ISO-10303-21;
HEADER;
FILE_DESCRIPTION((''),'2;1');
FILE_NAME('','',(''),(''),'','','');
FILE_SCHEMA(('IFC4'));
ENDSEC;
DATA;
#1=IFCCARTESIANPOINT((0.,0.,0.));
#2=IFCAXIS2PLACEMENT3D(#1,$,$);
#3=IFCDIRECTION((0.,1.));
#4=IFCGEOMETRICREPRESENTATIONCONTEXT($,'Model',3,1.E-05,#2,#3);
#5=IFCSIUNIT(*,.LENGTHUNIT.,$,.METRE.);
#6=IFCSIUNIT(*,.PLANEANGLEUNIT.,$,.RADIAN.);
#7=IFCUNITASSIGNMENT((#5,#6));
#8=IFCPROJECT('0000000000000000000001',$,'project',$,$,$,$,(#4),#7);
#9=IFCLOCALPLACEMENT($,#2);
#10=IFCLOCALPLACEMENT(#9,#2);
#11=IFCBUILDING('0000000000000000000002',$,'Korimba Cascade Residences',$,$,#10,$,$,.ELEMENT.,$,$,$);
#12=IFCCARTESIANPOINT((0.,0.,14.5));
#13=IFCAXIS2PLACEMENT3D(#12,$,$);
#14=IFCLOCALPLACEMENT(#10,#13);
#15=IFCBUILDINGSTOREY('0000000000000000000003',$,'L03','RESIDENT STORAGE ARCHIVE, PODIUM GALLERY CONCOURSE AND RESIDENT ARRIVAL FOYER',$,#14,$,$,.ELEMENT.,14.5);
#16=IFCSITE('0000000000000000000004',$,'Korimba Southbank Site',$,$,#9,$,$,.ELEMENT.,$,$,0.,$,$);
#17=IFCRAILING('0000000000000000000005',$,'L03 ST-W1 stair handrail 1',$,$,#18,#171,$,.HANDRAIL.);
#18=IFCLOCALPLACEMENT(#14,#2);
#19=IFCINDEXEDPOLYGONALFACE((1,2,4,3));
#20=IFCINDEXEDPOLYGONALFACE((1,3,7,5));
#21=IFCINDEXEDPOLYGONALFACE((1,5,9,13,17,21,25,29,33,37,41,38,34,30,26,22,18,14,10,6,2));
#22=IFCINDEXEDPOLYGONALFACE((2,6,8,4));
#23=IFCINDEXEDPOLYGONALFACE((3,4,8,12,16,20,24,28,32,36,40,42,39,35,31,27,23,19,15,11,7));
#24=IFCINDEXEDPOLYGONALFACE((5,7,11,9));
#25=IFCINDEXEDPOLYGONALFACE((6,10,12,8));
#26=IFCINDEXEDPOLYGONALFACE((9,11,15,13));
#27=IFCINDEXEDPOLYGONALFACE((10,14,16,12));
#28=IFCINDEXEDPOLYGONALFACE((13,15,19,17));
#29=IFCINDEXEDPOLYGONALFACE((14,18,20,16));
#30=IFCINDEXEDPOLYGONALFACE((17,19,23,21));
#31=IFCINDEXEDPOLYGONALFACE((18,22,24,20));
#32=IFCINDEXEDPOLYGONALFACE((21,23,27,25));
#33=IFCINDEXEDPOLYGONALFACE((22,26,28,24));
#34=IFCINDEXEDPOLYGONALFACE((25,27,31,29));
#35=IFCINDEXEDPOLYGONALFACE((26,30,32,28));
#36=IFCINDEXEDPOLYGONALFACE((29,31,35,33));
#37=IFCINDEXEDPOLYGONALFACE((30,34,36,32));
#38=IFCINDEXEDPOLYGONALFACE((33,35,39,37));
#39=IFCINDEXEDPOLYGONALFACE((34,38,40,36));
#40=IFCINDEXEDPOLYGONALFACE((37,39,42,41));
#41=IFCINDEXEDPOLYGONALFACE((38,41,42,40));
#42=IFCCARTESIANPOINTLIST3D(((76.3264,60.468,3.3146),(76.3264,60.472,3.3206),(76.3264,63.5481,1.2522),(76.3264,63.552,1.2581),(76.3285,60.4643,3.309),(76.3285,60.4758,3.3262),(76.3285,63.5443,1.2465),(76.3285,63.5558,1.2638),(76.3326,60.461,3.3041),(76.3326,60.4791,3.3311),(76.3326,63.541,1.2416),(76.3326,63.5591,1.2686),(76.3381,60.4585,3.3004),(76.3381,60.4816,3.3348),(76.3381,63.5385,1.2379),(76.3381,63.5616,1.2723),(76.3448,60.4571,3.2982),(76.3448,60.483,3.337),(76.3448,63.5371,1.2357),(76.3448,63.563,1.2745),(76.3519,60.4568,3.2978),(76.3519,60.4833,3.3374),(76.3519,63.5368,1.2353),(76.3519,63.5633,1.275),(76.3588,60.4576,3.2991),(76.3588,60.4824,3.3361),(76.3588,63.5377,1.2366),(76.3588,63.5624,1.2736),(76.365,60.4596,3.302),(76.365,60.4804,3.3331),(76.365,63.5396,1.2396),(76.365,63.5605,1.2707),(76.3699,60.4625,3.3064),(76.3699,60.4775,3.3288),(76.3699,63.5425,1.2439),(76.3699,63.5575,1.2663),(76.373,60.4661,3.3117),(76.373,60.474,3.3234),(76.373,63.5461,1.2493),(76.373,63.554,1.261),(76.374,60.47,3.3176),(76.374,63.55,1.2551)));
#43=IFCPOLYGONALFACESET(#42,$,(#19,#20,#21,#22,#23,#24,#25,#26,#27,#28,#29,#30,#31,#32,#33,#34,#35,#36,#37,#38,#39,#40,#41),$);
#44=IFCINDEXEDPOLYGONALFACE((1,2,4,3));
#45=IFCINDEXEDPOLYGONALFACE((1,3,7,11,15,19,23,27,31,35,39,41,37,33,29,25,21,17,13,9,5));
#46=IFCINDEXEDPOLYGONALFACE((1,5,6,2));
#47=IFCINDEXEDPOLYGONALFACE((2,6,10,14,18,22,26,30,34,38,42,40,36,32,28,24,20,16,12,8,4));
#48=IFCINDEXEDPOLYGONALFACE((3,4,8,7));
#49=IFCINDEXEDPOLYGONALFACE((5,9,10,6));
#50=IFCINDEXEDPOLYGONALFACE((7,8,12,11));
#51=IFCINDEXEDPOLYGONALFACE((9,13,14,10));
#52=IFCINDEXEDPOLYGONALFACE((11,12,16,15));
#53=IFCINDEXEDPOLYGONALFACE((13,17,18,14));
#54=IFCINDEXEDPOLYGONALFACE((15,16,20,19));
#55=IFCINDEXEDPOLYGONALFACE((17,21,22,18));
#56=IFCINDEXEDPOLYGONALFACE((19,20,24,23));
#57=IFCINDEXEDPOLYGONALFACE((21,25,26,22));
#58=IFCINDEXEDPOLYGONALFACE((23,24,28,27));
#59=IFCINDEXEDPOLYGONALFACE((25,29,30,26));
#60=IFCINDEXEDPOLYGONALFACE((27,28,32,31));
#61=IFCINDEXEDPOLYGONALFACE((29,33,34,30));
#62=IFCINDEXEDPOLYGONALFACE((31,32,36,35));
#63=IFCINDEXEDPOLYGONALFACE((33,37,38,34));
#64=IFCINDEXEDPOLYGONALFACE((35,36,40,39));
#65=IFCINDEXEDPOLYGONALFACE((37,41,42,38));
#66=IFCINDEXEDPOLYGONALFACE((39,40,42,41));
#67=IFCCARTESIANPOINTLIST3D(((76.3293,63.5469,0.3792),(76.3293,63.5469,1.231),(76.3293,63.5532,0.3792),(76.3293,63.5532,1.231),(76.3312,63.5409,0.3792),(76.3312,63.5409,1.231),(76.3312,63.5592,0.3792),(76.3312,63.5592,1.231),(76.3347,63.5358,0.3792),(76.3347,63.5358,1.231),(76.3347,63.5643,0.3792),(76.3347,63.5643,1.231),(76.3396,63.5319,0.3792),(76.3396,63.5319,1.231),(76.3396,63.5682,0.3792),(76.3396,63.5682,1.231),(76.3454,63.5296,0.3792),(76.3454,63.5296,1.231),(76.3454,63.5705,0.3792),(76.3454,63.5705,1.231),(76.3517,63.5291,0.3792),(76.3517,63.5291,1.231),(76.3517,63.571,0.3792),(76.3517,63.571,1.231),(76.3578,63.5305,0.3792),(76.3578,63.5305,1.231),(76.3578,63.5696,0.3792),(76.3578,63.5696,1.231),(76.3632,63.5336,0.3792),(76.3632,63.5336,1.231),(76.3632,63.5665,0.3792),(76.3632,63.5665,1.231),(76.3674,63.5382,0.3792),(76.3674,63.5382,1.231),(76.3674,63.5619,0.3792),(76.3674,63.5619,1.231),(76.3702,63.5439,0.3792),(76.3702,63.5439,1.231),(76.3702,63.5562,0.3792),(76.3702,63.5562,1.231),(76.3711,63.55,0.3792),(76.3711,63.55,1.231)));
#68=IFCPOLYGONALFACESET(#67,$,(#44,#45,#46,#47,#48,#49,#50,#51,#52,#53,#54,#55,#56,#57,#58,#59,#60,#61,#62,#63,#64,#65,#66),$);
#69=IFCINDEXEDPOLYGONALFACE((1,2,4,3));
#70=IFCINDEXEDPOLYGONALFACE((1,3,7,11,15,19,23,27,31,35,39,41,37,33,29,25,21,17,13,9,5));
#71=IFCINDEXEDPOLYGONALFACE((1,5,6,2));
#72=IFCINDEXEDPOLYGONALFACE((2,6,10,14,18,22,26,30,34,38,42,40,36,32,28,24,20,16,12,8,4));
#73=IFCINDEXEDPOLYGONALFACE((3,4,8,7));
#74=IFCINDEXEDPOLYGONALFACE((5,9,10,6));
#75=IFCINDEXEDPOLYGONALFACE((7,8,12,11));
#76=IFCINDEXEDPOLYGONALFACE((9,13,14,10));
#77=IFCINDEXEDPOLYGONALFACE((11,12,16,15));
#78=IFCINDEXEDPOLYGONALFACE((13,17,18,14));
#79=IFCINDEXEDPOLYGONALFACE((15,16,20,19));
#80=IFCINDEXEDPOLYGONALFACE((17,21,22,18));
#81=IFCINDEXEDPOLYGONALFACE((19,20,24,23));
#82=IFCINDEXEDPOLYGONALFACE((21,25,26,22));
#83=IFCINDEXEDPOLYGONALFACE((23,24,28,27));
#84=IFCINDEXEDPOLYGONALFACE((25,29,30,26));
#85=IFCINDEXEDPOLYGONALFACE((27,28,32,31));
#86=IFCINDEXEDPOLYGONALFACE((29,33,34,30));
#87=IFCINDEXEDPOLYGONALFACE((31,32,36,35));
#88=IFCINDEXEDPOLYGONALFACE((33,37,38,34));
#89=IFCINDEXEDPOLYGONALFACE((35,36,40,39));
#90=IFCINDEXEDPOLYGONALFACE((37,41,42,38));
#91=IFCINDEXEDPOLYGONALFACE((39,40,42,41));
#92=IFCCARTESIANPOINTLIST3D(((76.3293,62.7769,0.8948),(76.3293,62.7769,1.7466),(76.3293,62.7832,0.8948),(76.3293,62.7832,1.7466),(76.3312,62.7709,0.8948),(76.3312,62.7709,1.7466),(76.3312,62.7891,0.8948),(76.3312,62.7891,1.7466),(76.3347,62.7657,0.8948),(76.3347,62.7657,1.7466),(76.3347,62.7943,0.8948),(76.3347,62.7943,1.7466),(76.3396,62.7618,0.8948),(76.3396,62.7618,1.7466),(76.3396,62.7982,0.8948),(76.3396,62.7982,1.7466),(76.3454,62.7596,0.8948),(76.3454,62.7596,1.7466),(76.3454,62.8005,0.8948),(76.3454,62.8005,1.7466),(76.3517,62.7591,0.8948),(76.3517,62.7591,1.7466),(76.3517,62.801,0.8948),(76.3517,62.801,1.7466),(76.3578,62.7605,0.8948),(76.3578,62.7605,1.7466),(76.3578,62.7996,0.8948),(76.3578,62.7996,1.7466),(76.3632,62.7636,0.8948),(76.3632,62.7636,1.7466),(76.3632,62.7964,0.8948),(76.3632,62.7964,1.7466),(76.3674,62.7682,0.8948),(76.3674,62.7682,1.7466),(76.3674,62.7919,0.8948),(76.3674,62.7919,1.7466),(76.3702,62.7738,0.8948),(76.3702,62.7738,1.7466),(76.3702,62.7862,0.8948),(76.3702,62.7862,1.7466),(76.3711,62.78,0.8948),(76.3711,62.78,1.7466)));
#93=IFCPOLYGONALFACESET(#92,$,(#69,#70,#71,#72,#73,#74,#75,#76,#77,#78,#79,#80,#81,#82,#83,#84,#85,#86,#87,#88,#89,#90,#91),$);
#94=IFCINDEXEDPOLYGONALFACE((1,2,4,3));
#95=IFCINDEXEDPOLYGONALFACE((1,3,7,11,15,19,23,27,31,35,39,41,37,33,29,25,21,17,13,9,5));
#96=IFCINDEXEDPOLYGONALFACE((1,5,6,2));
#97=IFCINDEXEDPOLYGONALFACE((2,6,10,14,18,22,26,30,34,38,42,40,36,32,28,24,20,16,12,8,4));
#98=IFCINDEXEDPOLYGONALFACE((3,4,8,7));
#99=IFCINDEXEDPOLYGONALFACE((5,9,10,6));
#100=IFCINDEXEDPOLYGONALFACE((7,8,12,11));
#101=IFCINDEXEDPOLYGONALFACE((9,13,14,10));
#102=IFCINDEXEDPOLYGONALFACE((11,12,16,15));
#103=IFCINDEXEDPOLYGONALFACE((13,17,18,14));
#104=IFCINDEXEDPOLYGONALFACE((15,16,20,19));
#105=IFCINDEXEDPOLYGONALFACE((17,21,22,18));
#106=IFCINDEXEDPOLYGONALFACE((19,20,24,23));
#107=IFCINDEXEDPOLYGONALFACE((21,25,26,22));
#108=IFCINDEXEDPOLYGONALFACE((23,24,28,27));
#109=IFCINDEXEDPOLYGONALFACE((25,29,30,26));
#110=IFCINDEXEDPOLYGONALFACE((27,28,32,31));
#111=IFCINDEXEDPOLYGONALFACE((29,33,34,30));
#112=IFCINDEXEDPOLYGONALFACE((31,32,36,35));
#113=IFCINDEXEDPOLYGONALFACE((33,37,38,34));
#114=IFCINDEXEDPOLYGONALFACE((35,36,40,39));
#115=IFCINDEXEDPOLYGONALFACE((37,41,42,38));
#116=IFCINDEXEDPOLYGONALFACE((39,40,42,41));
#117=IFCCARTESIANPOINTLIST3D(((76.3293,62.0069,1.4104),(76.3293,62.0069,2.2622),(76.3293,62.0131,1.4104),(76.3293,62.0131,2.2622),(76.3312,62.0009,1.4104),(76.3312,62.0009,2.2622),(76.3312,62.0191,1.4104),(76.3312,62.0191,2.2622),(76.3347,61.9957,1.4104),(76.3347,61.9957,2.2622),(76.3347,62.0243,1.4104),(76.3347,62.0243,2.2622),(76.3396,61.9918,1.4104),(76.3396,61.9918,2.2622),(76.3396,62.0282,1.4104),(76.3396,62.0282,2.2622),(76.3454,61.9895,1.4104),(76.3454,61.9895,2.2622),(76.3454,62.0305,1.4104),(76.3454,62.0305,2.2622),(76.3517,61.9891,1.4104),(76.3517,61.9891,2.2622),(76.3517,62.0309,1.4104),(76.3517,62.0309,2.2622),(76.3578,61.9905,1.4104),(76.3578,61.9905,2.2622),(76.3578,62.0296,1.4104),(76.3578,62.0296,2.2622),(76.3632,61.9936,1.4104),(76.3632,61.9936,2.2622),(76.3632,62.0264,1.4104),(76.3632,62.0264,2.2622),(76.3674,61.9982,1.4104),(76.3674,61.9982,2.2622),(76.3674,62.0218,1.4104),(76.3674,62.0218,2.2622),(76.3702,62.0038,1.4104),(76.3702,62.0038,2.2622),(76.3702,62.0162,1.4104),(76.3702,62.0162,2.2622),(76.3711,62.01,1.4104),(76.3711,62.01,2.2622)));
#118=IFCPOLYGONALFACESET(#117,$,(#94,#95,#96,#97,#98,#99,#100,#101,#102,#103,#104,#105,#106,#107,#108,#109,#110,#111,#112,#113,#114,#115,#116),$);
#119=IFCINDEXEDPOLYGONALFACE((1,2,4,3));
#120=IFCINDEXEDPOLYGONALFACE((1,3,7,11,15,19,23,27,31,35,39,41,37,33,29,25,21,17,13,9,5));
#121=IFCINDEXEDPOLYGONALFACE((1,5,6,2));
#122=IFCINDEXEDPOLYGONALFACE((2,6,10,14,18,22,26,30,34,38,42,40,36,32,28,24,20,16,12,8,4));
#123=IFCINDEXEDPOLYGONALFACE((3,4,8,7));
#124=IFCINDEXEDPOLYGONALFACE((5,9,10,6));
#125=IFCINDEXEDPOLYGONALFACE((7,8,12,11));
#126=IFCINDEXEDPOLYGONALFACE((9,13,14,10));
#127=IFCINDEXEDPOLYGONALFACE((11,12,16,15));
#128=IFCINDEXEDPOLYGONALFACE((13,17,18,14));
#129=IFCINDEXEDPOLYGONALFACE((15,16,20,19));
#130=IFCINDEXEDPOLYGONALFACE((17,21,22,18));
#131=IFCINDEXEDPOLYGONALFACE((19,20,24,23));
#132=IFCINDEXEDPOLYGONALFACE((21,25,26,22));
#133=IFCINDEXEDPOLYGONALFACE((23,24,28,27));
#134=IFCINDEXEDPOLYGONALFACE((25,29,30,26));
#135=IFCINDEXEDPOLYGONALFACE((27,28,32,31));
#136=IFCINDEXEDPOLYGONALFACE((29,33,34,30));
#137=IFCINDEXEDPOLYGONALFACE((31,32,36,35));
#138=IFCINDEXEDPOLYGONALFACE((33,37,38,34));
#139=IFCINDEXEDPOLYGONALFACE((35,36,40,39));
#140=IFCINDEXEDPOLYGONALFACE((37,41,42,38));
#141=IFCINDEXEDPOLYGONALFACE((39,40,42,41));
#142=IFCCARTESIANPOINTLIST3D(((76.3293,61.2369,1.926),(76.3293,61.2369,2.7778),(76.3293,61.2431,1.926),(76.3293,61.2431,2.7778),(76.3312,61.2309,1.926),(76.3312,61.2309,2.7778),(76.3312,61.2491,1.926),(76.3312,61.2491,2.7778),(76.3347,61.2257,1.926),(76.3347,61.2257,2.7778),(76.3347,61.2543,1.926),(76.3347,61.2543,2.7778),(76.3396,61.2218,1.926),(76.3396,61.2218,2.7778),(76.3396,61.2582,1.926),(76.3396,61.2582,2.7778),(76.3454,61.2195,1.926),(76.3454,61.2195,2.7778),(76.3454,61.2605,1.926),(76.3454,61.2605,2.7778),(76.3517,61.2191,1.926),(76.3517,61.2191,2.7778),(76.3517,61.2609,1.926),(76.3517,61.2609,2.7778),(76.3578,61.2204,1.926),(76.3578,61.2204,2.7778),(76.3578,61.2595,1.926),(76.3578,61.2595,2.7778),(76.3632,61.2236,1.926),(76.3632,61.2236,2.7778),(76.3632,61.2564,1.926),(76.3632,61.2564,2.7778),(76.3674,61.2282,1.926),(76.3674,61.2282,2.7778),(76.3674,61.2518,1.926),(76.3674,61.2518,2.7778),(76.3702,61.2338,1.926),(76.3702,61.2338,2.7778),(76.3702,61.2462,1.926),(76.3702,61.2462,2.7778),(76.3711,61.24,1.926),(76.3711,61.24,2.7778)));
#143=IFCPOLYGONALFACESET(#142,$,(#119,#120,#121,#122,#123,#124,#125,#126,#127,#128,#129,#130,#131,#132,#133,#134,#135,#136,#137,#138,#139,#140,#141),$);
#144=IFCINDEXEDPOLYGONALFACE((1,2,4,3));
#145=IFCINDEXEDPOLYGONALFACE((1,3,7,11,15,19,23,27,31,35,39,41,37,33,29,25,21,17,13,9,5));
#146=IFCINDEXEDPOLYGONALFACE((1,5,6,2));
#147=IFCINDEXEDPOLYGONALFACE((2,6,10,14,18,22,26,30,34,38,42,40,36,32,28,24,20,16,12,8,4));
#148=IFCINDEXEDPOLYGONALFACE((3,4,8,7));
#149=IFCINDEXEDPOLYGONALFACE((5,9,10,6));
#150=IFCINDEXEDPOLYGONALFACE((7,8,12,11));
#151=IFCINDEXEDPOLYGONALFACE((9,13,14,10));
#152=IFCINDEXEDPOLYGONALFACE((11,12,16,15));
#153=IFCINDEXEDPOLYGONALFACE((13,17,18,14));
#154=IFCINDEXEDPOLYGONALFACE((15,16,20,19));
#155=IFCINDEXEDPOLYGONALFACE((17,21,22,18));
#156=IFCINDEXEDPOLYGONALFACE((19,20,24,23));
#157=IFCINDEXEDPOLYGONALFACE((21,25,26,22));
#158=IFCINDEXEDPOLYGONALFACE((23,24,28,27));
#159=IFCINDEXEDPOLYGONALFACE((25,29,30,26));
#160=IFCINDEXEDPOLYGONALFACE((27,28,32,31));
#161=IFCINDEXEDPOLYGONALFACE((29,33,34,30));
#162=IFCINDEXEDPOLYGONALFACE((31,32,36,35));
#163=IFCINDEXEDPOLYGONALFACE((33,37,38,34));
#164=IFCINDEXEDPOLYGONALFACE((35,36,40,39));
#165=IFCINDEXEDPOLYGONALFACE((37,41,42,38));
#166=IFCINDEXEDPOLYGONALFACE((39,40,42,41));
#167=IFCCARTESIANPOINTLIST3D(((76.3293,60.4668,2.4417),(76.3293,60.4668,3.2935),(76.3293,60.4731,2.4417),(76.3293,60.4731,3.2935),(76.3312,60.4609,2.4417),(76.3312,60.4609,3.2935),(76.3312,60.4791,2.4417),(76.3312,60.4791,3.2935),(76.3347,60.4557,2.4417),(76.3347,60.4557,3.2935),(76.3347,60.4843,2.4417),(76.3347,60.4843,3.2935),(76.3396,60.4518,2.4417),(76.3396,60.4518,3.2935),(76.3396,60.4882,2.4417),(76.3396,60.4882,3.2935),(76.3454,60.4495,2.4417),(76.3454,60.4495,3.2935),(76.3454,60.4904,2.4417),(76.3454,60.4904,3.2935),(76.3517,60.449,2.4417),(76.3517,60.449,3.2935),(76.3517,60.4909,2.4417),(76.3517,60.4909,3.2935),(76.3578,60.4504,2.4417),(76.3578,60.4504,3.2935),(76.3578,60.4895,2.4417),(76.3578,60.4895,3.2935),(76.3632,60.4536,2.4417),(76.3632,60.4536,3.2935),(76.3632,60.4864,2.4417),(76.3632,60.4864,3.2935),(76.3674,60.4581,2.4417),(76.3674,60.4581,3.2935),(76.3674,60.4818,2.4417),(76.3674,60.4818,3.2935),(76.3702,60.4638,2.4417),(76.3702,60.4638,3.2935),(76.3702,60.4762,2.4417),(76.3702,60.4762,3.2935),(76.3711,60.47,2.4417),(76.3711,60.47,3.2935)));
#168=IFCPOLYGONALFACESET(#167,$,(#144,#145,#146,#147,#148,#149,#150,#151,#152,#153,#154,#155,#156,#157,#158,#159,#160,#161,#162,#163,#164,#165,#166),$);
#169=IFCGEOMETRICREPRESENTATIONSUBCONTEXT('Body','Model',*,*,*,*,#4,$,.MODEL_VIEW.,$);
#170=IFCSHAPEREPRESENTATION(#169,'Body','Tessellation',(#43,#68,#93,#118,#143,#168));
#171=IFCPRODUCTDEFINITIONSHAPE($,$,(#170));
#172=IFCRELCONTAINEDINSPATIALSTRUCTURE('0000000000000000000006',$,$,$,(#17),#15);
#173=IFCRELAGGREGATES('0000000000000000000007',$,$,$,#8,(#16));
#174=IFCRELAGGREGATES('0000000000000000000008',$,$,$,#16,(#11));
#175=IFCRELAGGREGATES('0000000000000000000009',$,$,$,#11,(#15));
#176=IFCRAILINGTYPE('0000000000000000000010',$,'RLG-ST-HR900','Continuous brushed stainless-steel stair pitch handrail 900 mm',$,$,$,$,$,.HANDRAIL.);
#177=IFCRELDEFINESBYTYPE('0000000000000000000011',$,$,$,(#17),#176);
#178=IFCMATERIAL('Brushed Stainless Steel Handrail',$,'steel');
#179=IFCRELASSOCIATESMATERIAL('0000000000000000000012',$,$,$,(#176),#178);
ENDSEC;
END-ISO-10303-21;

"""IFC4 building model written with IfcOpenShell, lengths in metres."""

from ifc_helpers import new_model, si_unit, direction, frame, origin, origin_2d, place, context, subcontext, project, spatial, circle, extrude, material, type_object, element, save


model = new_model("IFC4")

# Units and contexts
model_context = context("Model", 3, precision=1e-05, world=origin(), true_north=direction((0.0, 1.0)))
body_context = subcontext(model_context, "Body", "Model", "MODEL_VIEW")
ifc_project = project(units=[si_unit("LENGTHUNIT", "METRE"), si_unit("PLANEANGLEUNIT", "RADIAN")], contexts=[model_context])

# Site, building, storey
site_placement = place(None, origin())
site = spatial("IfcSite", under=ifc_project, at=site_placement, Name="Korimba Southbank Site", CompositionType="ELEMENT", RefElevation=0.0)
building_placement = place(site_placement, origin())
building = spatial("IfcBuilding", under=site, at=building_placement, Name="Korimba Cascade Residences", CompositionType="ELEMENT")
storey_placement = place(building_placement, frame((0.0, 0.0, 14.5)))
storey = spatial("IfcBuildingStorey", under=building, at=storey_placement, Name="L03", Description="RESIDENT STORAGE ARCHIVE, PODIUM GALLERY CONCOURSE AND RESIDENT ARRIVAL FOYER", CompositionType="ELEMENT", Elevation=14.5)

# Railing
ifc_material_1 = material(Name="Brushed Stainless Steel Handrail", Category="steel")
railing_type_1 = type_object("IfcRailingType", Name="RLG-ST-HR900", Description="Continuous brushed stainless-steel stair pitch handrail 900 mm", PredefinedType="HANDRAIL", material=ifc_material_1)
railing_1_placement = place(storey_placement, frame((76.3501, 63.55, 0.3792)))
element("IfcRailing", 1, at=railing_1_placement, inside=storey, type_object=railing_type_1, Name="L03 ST-W1 stair handrail 1", PredefinedType="HANDRAIL", context=body_context, shape_type="SweptSolid", body=[
    extrude(circle(Radius=0.0239, at=origin_2d()), frame((0.0, 0.0, 0.876), z_axis=(0.0, -0.830914, 0.556401), x_axis=(1.0, 0.0, 0.0)), (0.0, 0.0, 1.0), 3.7068),
    extrude(circle(Radius=0.021, at=origin_2d()), origin(), (0.0, 0.0, 1.0), 0.8518),
    extrude(circle(Radius=0.021, at=origin_2d()), frame((0.0, -0.77, 0.5156)), (0.0, 0.0, 1.0), 0.8518),
    extrude(circle(Radius=0.021, at=origin_2d()), frame((0.0, -1.54, 1.0312)), (0.0, 0.0, 1.0), 0.8518),
    extrude(circle(Radius=0.021, at=origin_2d()), frame((0.0, -2.3101, 1.5469)), (0.0, 0.0, 1.0), 0.8518),
    extrude(circle(Radius=0.021, at=origin_2d()), frame((0.0, -3.0801, 2.0625)), (0.0, 0.0, 1.0), 0.8518),
])

save(model, "model.ifc")
